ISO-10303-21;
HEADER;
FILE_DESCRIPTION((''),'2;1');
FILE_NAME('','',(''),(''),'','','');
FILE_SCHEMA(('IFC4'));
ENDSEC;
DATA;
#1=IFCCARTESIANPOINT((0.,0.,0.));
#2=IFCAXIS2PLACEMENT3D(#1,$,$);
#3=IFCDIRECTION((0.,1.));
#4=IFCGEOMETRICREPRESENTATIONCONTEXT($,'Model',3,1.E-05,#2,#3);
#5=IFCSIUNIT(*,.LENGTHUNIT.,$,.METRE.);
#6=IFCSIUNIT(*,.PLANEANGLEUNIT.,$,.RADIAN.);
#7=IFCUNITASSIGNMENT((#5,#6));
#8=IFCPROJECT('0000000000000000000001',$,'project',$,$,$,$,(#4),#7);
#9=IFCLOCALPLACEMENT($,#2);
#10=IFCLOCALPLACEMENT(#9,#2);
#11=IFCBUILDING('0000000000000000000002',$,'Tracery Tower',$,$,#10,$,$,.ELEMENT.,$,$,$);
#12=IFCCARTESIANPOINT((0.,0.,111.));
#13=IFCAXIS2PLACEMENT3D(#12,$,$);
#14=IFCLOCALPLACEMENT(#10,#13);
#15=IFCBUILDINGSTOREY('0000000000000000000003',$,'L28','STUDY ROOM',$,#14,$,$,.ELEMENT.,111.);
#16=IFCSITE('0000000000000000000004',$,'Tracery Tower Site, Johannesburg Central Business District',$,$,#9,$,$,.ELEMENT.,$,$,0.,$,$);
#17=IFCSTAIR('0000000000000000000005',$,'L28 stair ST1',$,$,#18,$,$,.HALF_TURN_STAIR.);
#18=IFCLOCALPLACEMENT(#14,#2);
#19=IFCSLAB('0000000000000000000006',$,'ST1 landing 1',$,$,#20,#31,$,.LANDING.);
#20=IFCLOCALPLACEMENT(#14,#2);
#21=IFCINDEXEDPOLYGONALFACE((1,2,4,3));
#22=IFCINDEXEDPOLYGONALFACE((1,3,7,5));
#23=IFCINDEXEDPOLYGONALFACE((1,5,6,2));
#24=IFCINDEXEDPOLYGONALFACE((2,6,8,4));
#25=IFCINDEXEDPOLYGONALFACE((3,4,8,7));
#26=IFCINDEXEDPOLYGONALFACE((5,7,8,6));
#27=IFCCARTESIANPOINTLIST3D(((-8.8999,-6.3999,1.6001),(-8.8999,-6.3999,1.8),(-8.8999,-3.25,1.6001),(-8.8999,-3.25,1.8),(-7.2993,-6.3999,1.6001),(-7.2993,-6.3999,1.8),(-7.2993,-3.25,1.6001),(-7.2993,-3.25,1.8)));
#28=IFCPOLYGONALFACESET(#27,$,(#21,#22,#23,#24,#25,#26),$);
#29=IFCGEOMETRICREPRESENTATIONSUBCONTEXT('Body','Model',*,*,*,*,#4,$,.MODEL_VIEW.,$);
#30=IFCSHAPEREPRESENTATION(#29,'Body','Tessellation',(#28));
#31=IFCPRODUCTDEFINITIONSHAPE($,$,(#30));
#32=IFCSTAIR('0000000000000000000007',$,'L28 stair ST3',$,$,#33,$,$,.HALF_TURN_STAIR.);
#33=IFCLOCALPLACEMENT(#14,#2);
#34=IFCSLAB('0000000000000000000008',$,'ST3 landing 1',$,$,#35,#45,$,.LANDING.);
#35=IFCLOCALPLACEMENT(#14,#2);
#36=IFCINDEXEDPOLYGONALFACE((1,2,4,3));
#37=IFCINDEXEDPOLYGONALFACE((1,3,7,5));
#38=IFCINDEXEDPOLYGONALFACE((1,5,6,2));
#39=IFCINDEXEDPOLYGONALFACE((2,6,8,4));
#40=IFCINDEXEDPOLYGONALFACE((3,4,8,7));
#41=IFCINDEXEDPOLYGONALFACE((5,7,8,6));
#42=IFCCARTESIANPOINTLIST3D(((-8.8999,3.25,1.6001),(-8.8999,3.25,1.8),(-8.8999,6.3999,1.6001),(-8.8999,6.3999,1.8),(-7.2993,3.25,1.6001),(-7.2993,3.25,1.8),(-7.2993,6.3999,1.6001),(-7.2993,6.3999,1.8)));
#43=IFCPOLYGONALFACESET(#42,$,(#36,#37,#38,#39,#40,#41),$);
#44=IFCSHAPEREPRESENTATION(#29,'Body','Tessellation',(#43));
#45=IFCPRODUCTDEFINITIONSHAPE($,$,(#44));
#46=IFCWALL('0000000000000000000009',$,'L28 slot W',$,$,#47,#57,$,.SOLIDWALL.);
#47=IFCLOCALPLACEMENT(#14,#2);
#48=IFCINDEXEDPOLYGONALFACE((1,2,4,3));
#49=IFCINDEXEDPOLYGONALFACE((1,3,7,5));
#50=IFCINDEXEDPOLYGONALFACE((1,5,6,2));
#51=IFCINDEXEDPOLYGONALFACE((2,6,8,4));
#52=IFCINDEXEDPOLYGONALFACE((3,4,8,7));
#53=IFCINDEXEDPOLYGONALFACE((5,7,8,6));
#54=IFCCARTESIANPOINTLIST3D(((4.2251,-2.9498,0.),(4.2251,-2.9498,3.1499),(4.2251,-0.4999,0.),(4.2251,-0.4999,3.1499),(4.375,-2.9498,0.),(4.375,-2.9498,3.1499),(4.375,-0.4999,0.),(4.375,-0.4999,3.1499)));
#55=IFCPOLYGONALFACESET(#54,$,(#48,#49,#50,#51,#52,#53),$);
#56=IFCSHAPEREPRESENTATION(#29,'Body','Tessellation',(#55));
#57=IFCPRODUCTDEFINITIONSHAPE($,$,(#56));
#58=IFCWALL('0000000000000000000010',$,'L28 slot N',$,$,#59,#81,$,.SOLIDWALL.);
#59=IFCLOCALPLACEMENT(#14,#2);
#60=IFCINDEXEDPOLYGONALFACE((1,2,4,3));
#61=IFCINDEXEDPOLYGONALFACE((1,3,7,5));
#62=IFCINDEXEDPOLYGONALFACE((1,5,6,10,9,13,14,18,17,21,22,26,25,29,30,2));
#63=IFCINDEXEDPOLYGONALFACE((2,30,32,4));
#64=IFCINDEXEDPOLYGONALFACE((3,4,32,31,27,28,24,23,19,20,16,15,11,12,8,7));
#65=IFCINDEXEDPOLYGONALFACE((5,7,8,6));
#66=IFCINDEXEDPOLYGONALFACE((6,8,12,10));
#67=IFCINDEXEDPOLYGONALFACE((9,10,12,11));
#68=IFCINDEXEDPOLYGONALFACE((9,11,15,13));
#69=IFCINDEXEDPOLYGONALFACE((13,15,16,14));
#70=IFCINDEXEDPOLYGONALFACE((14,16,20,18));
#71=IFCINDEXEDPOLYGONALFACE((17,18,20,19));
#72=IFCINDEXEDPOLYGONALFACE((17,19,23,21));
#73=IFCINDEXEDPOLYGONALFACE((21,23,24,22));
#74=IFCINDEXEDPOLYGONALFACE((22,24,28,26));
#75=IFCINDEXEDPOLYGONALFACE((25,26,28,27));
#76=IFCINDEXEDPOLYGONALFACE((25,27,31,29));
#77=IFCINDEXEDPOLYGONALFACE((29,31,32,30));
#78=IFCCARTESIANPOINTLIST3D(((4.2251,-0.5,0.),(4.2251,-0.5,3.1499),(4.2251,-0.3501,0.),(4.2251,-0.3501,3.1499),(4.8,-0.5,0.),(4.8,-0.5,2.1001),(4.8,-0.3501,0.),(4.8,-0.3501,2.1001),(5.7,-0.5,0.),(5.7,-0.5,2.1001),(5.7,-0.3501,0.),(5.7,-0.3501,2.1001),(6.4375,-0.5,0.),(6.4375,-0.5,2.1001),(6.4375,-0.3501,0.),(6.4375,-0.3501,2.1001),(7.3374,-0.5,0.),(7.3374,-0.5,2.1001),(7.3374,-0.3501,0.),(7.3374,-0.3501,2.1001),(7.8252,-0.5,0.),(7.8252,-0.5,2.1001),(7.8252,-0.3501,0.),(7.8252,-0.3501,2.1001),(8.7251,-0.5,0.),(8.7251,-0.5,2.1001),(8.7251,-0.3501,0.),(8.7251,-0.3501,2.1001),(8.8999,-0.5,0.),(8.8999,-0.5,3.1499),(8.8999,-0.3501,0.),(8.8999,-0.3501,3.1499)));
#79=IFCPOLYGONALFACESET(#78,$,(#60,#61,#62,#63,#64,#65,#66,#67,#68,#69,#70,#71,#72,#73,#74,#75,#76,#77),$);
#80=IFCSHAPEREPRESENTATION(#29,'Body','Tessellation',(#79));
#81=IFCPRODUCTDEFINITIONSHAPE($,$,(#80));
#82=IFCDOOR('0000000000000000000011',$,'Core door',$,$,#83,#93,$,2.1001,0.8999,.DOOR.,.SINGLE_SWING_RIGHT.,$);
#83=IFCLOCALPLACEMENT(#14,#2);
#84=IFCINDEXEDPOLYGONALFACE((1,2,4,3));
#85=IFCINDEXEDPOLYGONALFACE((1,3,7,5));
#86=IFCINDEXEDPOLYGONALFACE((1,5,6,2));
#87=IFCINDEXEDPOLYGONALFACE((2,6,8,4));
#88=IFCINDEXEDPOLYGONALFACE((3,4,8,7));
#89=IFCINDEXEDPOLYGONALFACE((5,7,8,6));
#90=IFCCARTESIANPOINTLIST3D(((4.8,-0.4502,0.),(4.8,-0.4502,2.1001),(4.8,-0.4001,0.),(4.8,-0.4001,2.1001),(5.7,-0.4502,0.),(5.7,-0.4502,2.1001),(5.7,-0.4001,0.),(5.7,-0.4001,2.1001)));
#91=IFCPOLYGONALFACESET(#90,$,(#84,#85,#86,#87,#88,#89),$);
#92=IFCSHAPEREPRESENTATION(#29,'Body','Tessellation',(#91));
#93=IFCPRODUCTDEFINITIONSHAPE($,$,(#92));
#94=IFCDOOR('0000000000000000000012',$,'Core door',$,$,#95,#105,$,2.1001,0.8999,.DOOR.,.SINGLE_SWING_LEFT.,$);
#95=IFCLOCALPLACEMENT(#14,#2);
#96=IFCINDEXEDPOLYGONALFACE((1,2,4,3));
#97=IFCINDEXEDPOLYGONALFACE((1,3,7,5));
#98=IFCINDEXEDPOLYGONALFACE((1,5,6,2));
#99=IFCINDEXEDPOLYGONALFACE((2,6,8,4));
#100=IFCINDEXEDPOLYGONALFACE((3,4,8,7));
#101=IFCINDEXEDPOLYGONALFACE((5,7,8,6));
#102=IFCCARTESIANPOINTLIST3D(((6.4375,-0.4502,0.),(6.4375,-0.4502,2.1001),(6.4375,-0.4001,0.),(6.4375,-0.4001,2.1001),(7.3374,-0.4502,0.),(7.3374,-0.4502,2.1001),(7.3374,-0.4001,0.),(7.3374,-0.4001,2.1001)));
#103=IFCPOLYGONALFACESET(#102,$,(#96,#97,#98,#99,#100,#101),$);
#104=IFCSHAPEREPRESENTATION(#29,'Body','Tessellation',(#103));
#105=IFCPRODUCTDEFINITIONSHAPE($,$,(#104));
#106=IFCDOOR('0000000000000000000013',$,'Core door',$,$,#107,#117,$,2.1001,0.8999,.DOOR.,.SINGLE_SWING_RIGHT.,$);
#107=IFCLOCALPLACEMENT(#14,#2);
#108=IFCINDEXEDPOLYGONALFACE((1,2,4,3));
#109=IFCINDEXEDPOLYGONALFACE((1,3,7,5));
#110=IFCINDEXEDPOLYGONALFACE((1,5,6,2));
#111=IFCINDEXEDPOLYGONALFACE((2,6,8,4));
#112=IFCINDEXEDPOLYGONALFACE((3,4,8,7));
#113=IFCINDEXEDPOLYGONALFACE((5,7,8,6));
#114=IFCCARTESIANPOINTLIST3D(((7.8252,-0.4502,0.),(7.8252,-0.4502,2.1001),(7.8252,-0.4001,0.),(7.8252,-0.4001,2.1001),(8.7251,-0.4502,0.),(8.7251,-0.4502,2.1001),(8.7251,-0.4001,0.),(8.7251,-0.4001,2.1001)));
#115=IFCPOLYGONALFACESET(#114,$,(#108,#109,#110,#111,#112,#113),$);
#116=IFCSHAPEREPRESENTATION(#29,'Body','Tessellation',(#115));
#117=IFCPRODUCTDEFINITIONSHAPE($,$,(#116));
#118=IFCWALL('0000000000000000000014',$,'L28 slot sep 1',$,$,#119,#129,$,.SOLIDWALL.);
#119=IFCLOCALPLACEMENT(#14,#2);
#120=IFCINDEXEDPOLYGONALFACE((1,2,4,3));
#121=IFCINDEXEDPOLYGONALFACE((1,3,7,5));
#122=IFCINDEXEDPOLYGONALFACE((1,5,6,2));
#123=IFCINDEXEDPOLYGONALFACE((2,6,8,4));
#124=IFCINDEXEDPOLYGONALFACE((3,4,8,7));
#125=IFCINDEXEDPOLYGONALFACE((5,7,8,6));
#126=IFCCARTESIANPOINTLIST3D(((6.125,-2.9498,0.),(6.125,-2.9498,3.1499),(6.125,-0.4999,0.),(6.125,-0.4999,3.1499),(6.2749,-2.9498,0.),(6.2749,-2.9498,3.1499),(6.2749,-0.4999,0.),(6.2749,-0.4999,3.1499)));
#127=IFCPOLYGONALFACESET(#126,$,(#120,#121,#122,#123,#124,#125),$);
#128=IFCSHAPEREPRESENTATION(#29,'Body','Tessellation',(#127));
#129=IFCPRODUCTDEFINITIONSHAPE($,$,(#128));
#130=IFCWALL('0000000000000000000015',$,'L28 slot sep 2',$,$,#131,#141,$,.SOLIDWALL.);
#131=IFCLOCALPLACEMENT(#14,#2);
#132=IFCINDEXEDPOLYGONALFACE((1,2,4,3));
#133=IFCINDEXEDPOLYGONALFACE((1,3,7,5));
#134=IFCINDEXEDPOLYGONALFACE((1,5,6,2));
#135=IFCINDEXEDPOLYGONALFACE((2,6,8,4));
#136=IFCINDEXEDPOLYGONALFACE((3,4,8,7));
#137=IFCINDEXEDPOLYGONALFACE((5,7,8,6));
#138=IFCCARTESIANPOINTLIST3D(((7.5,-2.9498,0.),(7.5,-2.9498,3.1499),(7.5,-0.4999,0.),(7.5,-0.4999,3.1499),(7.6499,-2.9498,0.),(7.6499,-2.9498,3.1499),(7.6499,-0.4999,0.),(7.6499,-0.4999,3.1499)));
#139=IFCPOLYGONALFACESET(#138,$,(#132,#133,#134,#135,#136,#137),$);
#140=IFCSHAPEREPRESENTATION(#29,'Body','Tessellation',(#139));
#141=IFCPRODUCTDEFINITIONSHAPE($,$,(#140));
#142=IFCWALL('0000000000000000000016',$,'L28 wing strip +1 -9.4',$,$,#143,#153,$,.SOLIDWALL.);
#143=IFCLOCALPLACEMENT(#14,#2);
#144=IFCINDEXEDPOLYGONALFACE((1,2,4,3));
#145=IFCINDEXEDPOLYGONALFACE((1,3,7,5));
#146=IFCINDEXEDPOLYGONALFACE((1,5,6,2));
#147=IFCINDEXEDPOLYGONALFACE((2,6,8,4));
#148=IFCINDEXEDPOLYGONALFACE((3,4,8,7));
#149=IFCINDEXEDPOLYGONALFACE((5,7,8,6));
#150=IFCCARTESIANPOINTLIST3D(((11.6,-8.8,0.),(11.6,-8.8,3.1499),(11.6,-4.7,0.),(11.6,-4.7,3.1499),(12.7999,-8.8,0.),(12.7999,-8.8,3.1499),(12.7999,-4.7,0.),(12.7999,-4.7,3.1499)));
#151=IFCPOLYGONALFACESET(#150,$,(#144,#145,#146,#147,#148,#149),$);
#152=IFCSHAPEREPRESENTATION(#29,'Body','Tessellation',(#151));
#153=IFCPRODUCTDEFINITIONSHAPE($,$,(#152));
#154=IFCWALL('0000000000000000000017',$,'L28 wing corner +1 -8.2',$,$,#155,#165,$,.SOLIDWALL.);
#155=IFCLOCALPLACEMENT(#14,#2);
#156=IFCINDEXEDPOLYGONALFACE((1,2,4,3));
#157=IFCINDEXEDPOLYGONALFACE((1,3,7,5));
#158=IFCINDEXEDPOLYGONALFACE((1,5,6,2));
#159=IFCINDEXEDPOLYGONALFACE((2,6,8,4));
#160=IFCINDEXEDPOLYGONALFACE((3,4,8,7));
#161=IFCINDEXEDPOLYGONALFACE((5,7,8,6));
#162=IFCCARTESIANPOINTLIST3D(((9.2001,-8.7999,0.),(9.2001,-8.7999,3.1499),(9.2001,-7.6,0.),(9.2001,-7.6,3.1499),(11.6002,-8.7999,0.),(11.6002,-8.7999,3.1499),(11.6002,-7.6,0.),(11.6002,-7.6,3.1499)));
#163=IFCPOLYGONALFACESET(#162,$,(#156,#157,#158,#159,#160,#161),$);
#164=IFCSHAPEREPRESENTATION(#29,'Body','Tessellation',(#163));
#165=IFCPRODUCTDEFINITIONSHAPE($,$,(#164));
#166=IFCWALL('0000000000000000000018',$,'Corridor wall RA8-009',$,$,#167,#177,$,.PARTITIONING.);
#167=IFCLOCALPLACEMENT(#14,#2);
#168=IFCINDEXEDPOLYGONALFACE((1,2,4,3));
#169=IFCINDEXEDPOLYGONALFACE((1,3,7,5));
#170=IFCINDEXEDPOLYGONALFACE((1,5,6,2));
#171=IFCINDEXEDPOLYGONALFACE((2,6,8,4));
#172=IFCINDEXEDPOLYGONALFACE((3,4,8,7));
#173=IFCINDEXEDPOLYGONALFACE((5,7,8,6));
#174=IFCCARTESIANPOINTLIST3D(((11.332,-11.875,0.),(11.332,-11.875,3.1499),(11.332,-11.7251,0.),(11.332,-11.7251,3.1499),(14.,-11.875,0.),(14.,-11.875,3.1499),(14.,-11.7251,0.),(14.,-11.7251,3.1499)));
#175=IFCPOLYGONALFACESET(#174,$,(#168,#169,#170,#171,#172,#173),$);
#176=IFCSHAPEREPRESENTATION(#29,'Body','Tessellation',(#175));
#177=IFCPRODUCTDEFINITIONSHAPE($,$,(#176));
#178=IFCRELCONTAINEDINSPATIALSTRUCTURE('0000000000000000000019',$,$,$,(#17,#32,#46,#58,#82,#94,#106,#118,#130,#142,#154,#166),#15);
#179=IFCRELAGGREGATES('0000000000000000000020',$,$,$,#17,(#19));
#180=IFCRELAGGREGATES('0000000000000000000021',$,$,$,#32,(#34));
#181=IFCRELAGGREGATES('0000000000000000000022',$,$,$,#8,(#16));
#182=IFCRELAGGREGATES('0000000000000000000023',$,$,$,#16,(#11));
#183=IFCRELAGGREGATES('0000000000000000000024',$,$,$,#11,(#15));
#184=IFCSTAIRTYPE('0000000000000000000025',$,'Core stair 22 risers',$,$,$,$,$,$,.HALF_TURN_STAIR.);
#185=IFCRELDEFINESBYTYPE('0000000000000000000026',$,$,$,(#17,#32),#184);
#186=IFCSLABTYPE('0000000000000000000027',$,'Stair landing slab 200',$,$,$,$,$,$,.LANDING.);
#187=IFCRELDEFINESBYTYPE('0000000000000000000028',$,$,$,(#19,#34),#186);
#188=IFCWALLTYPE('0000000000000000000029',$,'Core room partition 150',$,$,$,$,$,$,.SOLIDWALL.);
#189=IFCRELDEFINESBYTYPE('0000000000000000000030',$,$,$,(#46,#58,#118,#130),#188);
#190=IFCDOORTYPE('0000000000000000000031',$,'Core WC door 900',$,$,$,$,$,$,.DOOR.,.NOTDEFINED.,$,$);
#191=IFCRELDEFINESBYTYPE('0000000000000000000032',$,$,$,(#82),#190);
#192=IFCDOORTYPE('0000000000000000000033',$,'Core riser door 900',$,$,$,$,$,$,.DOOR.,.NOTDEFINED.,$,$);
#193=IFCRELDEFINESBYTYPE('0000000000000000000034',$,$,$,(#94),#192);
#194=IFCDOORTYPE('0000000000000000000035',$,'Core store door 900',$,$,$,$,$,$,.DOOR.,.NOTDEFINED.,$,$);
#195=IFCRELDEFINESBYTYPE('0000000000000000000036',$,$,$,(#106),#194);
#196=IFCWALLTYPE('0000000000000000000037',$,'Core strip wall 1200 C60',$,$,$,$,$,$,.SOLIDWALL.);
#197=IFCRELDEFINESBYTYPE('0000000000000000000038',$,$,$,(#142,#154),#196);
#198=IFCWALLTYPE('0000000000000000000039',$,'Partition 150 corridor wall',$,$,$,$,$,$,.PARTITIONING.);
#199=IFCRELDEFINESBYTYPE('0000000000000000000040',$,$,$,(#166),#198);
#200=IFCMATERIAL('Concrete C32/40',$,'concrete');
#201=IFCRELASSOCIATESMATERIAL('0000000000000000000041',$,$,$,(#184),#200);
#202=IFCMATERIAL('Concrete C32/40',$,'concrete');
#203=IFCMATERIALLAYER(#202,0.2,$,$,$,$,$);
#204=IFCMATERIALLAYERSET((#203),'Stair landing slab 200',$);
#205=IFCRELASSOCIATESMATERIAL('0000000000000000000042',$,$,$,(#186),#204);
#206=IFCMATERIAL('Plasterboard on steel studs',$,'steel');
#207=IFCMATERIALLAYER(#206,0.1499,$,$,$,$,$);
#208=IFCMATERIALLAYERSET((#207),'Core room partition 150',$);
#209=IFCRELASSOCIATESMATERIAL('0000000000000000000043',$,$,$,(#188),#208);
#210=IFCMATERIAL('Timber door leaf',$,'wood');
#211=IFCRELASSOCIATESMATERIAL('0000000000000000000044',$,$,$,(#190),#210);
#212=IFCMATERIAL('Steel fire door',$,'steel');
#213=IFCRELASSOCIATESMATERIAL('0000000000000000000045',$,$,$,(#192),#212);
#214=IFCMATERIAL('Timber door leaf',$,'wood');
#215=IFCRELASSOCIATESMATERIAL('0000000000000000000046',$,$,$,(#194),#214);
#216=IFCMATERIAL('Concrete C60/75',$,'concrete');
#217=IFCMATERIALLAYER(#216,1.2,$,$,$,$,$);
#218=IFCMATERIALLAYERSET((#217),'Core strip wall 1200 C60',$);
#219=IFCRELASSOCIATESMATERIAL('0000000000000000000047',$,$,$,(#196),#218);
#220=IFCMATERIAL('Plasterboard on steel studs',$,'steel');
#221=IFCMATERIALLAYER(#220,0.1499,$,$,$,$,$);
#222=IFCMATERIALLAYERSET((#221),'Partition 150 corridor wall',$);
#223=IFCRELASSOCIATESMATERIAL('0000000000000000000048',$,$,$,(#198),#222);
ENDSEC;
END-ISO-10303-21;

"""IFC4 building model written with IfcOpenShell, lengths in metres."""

from ifc_helpers import new_model, si_unit, direction, frame, frame_2d, origin, place, context, subcontext, project, spatial, polyline, rectangle, outline, extrude, material, layer, layer_set, type_object, element, fill, aggregate, save


model = new_model("IFC4")

# Units and contexts
model_context = context("Model", 3, precision=1e-05, world=origin(), true_north=direction((0.0, 1.0)))
body_context = subcontext(model_context, "Body", "Model", "MODEL_VIEW")
ifc_project = project(units=[si_unit("LENGTHUNIT", "METRE"), si_unit("PLANEANGLEUNIT", "RADIAN")], contexts=[model_context])

# Site, building, storey
site_placement = place(None, origin())
site = spatial("IfcSite", under=ifc_project, at=site_placement, Name="Tracery Tower Site, Johannesburg Central Business District", CompositionType="ELEMENT", RefElevation=0.0)
building_placement = place(site_placement, origin())
building = spatial("IfcBuilding", under=site, at=building_placement, Name="Tracery Tower", CompositionType="ELEMENT")
storey_placement = place(building_placement, frame((0.0, 0.0, 111.0)))
storey = spatial("IfcBuildingStorey", under=building, at=storey_placement, Name="L28", Description="STUDY ROOM", CompositionType="ELEMENT", Elevation=111.0)

# Stairs, slabs
ifc_material_1 = material(Name="Concrete C32/40", Category="concrete")
stair_type = type_object("IfcStairType", Name="Core stair 22 risers", PredefinedType="HALF_TURN_STAIR", material=ifc_material_1)
stair_1_placement = place(storey_placement, origin())
stair_1 = element("IfcStair", 1, at=stair_1_placement, inside=storey, type_object=stair_type, Name="L28 stair ST1", PredefinedType="HALF_TURN_STAIR")
ifc_material_2 = material(Name="Concrete C32/40", Category="concrete")
ifc_layer_1 = layer(ifc_material_2, 0.2)
ifc_layer_set_1 = layer_set([ifc_layer_1], Name="Stair landing slab 200")
slab_type_1 = type_object("IfcSlabType", Name="Stair landing slab 200", PredefinedType="LANDING", material=ifc_layer_set_1)
slab_1_placement = place(storey_placement, frame((0.0, 0.0, 1.6001)))
slab_1 = element("IfcSlab", 2, at=slab_1_placement, type_object=slab_type_1, Name="ST1 landing 1", PredefinedType="LANDING", context=body_context, shape_type="SweptSolid", body=[
    extrude(outline(polyline([(-7.2993, -3.25), (-8.8999, -3.25), (-8.8999, -6.3999), (-7.2993, -6.3999), (-7.2993, -3.25)])), origin(), (0.0, 0.0, 1.0), 0.2),
])
aggregate(stair_1, [slab_1])
stair_2_placement = place(storey_placement, origin())
stair_2 = element("IfcStair", 3, at=stair_2_placement, inside=storey, type_object=stair_type, Name="L28 stair ST3", PredefinedType="HALF_TURN_STAIR")
slab_2_placement = place(storey_placement, frame((0.0, 0.0, 1.6001)))
slab_2 = element("IfcSlab", 4, at=slab_2_placement, type_object=slab_type_1, Name="ST3 landing 1", PredefinedType="LANDING", context=body_context, shape_type="SweptSolid", body=[
    extrude(outline(polyline([(-7.2993, 6.3999), (-8.8999, 6.3999), (-8.8999, 3.25), (-7.2993, 3.25), (-7.2993, 6.3999)])), origin(), (0.0, 0.0, 1.0), 0.2),
])
aggregate(stair_2, [slab_2])

# Wall
ifc_material_3 = material(Name="Plasterboard on steel studs", Category="steel")
ifc_layer_2 = layer(ifc_material_3, 0.1499)
ifc_layer_set_2 = layer_set([ifc_layer_2], Name="Core room partition 150")
wall_type_1 = type_object("IfcWallType", Name="Core room partition 150", PredefinedType="SOLIDWALL", material=ifc_layer_set_2)
wall_1_placement = place(storey_placement, frame((4.3, -2.95, 0.0), z_axis=(0.0, 0.0, 1.0), x_axis=(0.0, 1.0, 0.0)))
element("IfcWall", 5, at=wall_1_placement, inside=storey, type_object=wall_type_1, Name="L28 slot W", PredefinedType="SOLIDWALL", context=body_context, shape_type="SweptSolid", body=[
    extrude(rectangle(XDim=2.45, YDim=0.1499, at=frame_2d((1.2251, 0.0))), origin(), (0.0, 0.0, 1.0), 3.1499),
])

# Wall, openings, doors
wall_2_placement = place(storey_placement, frame((4.2251, -0.425, 0.0), z_axis=(0.0, 0.0, 1.0), x_axis=(1.0, 0.0, 0.0)))
wall_2 = element("IfcWall", 6, at=wall_2_placement, inside=storey, type_object=wall_type_1, Name="L28 slot N", PredefinedType="SOLIDWALL", context=body_context, shape_type="SweptSolid", body=[
    extrude(rectangle(XDim=4.6748, YDim=0.1499, at=frame_2d((2.3374, 0.0))), origin(), (0.0, 0.0, 1.0), 3.1499),
])
opening_1_placement = place(wall_2_placement, frame((0.575, 0.0, 0.0)))
opening_1 = element("IfcOpeningElement", 7, at=opening_1_placement, cuts=wall_2, PredefinedType="OPENING", context=body_context, shape_type="SweptSolid", body=[
    extrude(rectangle(XDim=0.8999, YDim=2.1001, at=frame_2d((0.45, 1.05))), frame((0.0, 0.075, 0.0), z_axis=(0.0, -1.0, 0.0), x_axis=(1.0, 0.0, 0.0)), (0.0, 0.0, 1.0), 0.1499),
])
opening_2_placement = place(wall_2_placement, frame((2.2124, 0.0, 0.0)))
opening_2 = element("IfcOpeningElement", 8, at=opening_2_placement, cuts=wall_2, PredefinedType="OPENING", context=body_context, shape_type="SweptSolid", body=[
    extrude(rectangle(XDim=0.8999, YDim=2.1001, at=frame_2d((0.45, 1.05))), frame((0.0, 0.075, 0.0), z_axis=(0.0, -1.0, 0.0), x_axis=(1.0, 0.0, 0.0)), (0.0, 0.0, 1.0), 0.1499),
])
opening_3_placement = place(wall_2_placement, frame((3.6001, 0.0, 0.0)))
opening_3 = element("IfcOpeningElement", 9, at=opening_3_placement, cuts=wall_2, PredefinedType="OPENING", context=body_context, shape_type="SweptSolid", body=[
    extrude(rectangle(XDim=0.8999, YDim=2.1001, at=frame_2d((0.45, 1.05))), frame((0.0, 0.075, 0.0), z_axis=(0.0, -1.0, 0.0), x_axis=(1.0, 0.0, 0.0)), (0.0, 0.0, 1.0), 0.1499),
])
ifc_material_4 = material(Name="Timber door leaf", Category="wood")
door_type_1 = type_object("IfcDoorType", Name="Core WC door 900", OperationType="NOTDEFINED", PredefinedType="DOOR", material=ifc_material_4)
door_1_placement = place(opening_1_placement, origin())
door_1 = element("IfcDoor", 10, at=door_1_placement, inside=storey, type_object=door_type_1, Name="Core door", OperationType="SINGLE_SWING_RIGHT", OverallHeight=2.1001, OverallWidth=0.8999, PredefinedType="DOOR", context=body_context, shape_type="SweptSolid", body=[
    extrude(rectangle(XDim=0.8999, YDim=2.1001, at=frame_2d((0.45, 1.05))), frame((0.0, 0.0249, 0.0), z_axis=(0.0, -1.0, 0.0), x_axis=(1.0, 0.0, 0.0)), (0.0, 0.0, 1.0), 0.05),
])
fill(opening_1, door_1)
ifc_material_5 = material(Name="Steel fire door", Category="steel")
door_type_2 = type_object("IfcDoorType", Name="Core riser door 900", OperationType="NOTDEFINED", PredefinedType="DOOR", material=ifc_material_5)
door_2_placement = place(opening_2_placement, origin())
door_2 = element("IfcDoor", 11, at=door_2_placement, inside=storey, type_object=door_type_2, Name="Core door", OperationType="SINGLE_SWING_LEFT", OverallHeight=2.1001, OverallWidth=0.8999, PredefinedType="DOOR", context=body_context, shape_type="SweptSolid", body=[
    extrude(rectangle(XDim=0.8999, YDim=2.1001, at=frame_2d((0.45, 1.05))), frame((0.0, 0.0249, 0.0), z_axis=(0.0, -1.0, 0.0), x_axis=(1.0, 0.0, 0.0)), (0.0, 0.0, 1.0), 0.05),
])
fill(opening_2, door_2)
ifc_material_6 = material(Name="Timber door leaf", Category="wood")
door_type_3 = type_object("IfcDoorType", Name="Core store door 900", OperationType="NOTDEFINED", PredefinedType="DOOR", material=ifc_material_6)
door_3_placement = place(opening_3_placement, origin())
door_3 = element("IfcDoor", 12, at=door_3_placement, inside=storey, type_object=door_type_3, Name="Core door", OperationType="SINGLE_SWING_RIGHT", OverallHeight=2.1001, OverallWidth=0.8999, PredefinedType="DOOR", context=body_context, shape_type="SweptSolid", body=[
    extrude(rectangle(XDim=0.8999, YDim=2.1001, at=frame_2d((0.45, 1.05))), frame((0.0, 0.0249, 0.0), z_axis=(0.0, -1.0, 0.0), x_axis=(1.0, 0.0, 0.0)), (0.0, 0.0, 1.0), 0.05),
])
fill(opening_3, door_3)

# Walls
for number, where, z_axis, x_axis, name in (
    (13, (6.2, -2.95, 0.0), (0.0, 0.0, 1.0), (0.0, 1.0, 0.0), "L28 slot sep 1"),
    (14, (7.575, -2.95, 0.0), (0.0, 0.0, 1.0), (0.0, 1.0, 0.0), "L28 slot sep 2"),
):
    element("IfcWall", number, at=place(storey_placement, frame(where, z_axis=z_axis, x_axis=x_axis)), inside=storey, type_object=wall_type_1, Name=name, PredefinedType="SOLIDWALL", context=body_context, shape_type="SweptSolid", body=[
        extrude(rectangle(XDim=2.45, YDim=0.1499, at=frame_2d((1.2251, 0.0))), origin(), (0.0, 0.0, 1.0), 3.1499),
    ])
ifc_material_7 = material(Name="Concrete C60/75", Category="concrete")
ifc_layer_3 = layer(ifc_material_7, 1.2)
ifc_layer_set_3 = layer_set([ifc_layer_3], Name="Core strip wall 1200 C60")
wall_type_2 = type_object("IfcWallType", Name="Core strip wall 1200 C60", PredefinedType="SOLIDWALL", material=ifc_layer_set_3)
wall_3_placement = place(storey_placement, frame((12.2, -8.8, 0.0), z_axis=(0.0, 0.0, 1.0), x_axis=(0.0, 1.0, 0.0)))
element("IfcWall", 15, at=wall_3_placement, inside=storey, type_object=wall_type_2, Name="L28 wing strip +1 -9.4", PredefinedType="SOLIDWALL", context=body_context, shape_type="SweptSolid", body=[
    extrude(rectangle(XDim=4.1001, YDim=1.2, at=frame_2d((2.05, 0.0))), origin(), (0.0, 0.0, 1.0), 3.1499),
])
wall_4_placement = place(storey_placement, frame((9.2, -8.2, 0.0), z_axis=(0.0, 0.0, 1.0), x_axis=(1.0, 0.0, 0.0)))
element("IfcWall", 16, at=wall_4_placement, inside=storey, type_object=wall_type_2, Name="L28 wing corner +1 -8.2", PredefinedType="SOLIDWALL", context=body_context, shape_type="SweptSolid", body=[
    extrude(rectangle(XDim=2.4001, YDim=1.2, at=frame_2d((1.2002, 0.0))), origin(), (0.0, 0.0, 1.0), 3.1499),
])
ifc_material_8 = material(Name="Plasterboard on steel studs", Category="steel")
ifc_layer_4 = layer(ifc_material_8, 0.1499)
ifc_layer_set_4 = layer_set([ifc_layer_4], Name="Partition 150 corridor wall")
wall_type_3 = type_object("IfcWallType", Name="Partition 150 corridor wall", PredefinedType="PARTITIONING", material=ifc_layer_set_4)
wall_5_placement = place(storey_placement, frame((11.332, -11.8, 0.0), z_axis=(0.0, 0.0, 1.0), x_axis=(1.0, 0.0, 0.0)))
element("IfcWall", 17, at=wall_5_placement, inside=storey, type_object=wall_type_3, Name="Corridor wall RA8-009", PredefinedType="PARTITIONING", context=body_context, shape_type="SweptSolid", body=[
    extrude(rectangle(XDim=2.668, YDim=0.1499, at=frame_2d((1.334, 0.0))), origin(), (0.0, 0.0, 1.0), 3.1499),
])

save(model, "model.ifc")
